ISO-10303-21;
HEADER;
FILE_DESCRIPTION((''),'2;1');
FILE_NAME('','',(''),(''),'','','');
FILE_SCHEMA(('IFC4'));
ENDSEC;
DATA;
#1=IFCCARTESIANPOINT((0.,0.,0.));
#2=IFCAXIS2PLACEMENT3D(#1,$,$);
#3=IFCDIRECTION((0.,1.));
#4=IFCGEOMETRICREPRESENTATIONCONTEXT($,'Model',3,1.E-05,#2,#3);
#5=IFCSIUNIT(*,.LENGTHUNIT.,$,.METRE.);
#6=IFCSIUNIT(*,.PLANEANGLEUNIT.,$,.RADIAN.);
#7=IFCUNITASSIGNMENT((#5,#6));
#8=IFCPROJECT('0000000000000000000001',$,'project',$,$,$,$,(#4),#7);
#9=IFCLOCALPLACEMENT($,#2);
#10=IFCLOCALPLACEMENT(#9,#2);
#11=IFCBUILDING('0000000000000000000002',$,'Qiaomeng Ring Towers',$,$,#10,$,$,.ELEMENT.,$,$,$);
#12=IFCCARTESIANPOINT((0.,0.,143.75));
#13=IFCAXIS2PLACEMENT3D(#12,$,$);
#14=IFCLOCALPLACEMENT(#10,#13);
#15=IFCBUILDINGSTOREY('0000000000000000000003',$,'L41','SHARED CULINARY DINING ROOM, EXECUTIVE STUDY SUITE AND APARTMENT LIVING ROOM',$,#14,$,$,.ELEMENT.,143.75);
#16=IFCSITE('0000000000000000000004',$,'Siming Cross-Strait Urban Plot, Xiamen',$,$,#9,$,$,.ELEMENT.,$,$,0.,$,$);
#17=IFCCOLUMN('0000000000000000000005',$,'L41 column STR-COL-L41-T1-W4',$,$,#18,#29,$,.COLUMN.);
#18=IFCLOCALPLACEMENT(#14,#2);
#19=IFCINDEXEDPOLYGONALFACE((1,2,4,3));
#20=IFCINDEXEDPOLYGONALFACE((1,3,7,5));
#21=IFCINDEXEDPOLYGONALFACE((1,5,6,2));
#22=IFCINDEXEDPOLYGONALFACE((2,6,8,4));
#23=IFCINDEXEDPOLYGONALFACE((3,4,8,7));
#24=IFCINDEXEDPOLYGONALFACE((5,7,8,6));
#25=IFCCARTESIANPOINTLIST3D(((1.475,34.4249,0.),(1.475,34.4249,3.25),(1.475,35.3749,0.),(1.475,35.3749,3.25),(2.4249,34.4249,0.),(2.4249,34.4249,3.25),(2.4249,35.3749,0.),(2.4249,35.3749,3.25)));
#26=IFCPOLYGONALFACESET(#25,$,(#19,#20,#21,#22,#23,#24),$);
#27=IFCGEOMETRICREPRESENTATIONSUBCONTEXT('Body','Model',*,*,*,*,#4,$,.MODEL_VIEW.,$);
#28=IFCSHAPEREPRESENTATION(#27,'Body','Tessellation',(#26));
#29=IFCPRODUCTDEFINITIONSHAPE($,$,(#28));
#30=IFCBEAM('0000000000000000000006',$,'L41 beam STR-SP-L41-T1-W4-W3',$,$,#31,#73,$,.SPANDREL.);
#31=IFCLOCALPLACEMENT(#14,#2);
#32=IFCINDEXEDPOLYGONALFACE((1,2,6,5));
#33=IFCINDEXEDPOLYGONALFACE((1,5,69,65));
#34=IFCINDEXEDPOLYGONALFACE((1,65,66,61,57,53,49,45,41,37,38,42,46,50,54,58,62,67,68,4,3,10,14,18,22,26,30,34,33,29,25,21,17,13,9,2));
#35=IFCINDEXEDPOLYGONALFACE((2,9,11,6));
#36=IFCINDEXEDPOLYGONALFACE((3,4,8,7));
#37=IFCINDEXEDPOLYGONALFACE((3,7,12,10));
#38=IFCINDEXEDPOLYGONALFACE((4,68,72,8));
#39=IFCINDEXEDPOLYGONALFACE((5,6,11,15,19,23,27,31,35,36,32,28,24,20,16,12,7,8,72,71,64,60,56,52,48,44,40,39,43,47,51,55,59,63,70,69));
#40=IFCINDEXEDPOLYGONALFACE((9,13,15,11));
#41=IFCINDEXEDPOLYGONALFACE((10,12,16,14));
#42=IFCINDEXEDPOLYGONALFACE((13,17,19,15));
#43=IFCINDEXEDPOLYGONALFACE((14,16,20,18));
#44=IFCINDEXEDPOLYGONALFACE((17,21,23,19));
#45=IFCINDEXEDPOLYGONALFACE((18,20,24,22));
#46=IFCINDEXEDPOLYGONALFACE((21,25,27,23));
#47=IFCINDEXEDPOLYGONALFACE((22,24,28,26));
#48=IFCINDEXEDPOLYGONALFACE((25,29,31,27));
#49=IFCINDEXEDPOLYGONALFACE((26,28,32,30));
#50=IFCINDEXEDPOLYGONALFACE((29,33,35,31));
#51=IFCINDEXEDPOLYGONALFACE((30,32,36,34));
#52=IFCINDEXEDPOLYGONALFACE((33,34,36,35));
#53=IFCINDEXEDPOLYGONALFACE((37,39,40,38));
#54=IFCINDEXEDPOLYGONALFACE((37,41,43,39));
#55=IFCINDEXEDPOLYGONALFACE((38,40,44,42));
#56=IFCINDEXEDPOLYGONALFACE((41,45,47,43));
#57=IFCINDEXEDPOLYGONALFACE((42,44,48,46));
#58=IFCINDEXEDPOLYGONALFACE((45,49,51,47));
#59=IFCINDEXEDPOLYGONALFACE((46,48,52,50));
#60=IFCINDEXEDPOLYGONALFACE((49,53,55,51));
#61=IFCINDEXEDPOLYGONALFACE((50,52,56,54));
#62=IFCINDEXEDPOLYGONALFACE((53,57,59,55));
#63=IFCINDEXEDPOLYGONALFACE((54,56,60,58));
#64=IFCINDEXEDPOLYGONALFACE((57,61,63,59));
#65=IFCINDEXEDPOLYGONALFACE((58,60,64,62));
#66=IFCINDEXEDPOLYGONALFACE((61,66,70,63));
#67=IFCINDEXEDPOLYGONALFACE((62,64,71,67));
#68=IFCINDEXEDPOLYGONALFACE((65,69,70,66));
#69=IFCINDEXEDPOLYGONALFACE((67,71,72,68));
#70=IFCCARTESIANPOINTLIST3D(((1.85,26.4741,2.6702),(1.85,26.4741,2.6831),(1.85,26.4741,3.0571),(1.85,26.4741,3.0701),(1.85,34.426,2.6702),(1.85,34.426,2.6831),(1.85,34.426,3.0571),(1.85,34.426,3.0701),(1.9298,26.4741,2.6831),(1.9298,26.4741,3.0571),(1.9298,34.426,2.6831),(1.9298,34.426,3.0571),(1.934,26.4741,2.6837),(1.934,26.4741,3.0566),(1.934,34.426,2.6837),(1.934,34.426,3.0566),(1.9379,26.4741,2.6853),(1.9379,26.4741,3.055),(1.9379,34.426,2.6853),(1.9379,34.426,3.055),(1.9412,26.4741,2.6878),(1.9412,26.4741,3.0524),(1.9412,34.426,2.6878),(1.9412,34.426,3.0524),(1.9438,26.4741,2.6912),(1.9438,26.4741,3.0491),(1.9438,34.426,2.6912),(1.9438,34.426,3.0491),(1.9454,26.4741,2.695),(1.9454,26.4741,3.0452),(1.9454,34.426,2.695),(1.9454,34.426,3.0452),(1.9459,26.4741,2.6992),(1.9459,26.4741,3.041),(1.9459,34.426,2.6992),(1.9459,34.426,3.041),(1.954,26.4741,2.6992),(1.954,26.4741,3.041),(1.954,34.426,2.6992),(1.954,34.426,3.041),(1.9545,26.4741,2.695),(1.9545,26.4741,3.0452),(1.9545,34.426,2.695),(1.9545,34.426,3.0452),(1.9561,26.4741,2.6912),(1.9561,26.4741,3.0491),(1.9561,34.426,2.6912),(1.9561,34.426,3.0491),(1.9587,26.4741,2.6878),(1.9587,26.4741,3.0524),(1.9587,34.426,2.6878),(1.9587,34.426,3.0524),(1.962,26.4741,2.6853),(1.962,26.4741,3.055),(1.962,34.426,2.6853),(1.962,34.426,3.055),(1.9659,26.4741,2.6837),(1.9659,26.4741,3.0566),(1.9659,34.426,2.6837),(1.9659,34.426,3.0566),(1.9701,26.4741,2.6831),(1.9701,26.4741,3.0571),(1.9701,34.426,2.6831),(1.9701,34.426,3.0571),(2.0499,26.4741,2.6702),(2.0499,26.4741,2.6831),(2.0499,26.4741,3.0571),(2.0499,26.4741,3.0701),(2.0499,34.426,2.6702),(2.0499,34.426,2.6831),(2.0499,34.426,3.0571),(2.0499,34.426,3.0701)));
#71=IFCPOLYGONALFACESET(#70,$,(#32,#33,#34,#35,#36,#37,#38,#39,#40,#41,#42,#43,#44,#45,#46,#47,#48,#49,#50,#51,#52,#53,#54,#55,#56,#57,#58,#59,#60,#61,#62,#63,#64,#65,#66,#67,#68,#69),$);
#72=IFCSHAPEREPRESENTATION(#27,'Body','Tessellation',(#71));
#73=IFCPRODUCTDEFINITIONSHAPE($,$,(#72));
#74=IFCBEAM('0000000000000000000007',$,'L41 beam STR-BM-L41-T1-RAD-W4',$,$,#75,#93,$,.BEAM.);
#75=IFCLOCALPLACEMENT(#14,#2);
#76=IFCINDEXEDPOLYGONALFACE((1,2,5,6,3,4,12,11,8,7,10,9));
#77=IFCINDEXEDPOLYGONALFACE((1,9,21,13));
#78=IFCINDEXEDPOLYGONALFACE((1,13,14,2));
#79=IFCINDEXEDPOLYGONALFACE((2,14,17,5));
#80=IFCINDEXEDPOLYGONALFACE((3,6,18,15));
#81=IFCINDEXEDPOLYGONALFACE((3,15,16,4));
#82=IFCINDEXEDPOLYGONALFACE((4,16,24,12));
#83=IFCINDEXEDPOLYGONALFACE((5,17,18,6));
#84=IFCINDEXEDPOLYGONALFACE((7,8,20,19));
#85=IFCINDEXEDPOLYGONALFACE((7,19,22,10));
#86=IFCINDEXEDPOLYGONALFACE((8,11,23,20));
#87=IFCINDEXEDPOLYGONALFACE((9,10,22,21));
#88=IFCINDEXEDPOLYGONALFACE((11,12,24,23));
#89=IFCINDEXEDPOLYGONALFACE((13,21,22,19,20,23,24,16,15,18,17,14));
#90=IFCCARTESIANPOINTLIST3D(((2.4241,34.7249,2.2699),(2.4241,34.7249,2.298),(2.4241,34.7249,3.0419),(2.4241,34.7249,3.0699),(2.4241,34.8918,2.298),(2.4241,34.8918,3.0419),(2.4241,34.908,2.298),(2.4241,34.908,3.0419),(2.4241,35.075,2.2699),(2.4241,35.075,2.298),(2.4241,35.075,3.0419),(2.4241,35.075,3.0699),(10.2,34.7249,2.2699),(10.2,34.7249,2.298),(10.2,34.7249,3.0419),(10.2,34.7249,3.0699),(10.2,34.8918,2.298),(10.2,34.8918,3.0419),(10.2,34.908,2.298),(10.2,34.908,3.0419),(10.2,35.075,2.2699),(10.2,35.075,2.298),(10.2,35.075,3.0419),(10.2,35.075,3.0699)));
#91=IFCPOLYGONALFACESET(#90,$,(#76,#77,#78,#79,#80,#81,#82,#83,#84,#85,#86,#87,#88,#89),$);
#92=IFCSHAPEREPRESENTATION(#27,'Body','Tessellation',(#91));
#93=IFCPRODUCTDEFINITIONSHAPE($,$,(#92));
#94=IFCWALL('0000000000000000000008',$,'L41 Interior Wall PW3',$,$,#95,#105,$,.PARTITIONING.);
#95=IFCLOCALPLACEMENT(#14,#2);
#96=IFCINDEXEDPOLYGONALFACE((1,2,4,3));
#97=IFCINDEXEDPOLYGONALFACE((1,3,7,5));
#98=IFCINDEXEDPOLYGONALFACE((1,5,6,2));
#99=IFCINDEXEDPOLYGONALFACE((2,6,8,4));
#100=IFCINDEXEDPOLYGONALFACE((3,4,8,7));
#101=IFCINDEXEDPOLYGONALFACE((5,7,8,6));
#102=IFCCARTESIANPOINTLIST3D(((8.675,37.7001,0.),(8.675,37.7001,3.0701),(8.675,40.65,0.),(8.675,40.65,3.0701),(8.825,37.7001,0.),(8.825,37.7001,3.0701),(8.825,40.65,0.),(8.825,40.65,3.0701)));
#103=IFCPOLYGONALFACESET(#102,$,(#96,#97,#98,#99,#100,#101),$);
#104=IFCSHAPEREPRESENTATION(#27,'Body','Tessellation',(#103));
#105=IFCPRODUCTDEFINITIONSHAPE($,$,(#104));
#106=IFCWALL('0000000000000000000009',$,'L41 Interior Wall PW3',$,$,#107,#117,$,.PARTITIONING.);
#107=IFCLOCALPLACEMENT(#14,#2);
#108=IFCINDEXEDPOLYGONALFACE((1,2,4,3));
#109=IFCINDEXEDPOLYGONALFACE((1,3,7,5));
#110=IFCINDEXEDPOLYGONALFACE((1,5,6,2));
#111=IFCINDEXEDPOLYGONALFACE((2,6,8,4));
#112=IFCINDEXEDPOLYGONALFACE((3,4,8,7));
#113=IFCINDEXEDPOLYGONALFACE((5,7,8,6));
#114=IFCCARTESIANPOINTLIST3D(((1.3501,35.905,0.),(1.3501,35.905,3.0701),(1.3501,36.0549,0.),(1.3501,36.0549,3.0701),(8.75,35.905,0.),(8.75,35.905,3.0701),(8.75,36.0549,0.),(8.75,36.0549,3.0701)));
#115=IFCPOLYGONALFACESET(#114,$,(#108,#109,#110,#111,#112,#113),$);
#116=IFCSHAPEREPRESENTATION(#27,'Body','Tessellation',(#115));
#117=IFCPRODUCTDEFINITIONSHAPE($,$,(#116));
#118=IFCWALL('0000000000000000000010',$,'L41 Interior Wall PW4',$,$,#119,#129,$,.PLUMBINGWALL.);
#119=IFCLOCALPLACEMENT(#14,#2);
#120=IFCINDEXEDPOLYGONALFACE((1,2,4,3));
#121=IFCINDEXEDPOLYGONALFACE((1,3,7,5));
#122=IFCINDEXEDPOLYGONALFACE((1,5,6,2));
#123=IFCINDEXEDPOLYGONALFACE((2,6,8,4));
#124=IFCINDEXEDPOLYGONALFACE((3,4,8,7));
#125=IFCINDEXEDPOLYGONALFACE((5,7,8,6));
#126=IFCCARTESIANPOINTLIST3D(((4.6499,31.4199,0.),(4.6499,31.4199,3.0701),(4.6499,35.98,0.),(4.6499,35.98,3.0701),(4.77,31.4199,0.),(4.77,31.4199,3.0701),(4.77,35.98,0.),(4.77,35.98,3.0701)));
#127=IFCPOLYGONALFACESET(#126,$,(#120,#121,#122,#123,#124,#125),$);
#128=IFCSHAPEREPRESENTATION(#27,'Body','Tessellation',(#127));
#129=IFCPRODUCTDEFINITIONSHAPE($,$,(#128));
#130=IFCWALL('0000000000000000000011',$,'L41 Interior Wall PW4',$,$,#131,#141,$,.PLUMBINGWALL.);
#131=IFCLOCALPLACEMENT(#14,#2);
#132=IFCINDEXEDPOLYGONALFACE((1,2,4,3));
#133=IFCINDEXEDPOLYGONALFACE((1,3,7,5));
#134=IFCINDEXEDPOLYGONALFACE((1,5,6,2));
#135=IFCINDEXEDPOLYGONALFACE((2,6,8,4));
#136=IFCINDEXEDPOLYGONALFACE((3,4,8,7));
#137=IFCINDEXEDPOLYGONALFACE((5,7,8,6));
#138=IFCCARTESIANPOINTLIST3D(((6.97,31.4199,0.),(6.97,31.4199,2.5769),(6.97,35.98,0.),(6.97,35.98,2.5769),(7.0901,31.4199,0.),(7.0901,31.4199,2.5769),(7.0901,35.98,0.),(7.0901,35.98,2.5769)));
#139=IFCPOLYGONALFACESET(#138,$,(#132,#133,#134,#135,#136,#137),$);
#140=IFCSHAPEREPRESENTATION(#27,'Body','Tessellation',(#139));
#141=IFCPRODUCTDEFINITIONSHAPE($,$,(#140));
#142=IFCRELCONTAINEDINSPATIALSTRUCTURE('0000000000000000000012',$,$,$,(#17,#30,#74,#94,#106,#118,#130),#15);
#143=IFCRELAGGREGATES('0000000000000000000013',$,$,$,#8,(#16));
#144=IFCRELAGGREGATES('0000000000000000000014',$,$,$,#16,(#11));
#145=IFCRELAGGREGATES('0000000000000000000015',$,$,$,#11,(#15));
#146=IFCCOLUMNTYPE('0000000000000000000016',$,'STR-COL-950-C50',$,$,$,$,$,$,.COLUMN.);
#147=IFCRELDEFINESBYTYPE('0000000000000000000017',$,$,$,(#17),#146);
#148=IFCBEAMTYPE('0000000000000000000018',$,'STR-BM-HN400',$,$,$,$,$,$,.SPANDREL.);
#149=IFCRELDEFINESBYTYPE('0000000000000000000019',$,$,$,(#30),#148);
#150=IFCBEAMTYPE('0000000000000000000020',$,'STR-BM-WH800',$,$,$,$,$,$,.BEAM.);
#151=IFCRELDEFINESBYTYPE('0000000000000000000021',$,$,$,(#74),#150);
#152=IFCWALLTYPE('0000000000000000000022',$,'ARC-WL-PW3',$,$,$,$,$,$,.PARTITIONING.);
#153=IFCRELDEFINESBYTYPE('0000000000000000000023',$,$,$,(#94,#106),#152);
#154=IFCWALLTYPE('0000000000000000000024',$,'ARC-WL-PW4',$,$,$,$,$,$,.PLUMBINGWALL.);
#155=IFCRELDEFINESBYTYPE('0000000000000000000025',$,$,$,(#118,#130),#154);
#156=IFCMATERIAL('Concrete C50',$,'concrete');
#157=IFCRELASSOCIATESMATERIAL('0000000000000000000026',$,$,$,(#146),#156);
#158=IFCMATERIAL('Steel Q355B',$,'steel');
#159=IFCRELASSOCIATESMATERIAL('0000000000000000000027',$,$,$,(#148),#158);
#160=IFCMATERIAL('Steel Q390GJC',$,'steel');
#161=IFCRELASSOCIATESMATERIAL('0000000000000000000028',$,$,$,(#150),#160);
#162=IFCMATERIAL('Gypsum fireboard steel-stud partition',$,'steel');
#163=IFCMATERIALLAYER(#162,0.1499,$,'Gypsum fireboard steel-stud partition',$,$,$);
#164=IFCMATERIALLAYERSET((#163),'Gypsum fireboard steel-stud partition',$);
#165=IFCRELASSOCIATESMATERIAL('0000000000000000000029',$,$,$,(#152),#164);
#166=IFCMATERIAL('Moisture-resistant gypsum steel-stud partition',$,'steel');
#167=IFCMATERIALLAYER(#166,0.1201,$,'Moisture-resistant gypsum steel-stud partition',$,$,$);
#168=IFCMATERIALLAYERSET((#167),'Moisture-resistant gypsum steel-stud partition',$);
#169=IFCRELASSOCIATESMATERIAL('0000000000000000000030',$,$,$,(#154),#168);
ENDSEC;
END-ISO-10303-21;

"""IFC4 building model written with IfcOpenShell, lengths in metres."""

from ifc_helpers import new_model, si_unit, direction, frame, frame_2d, origin, origin_2d, place, context, subcontext, project, spatial, rectangle, i_section, extrude, source, transform, mapped, material, layer, layer_set, material_profile, profile_set, type_object, element, save


model = new_model("IFC4")

# Units and contexts
model_context = context("Model", 3, precision=1e-05, world=origin(), true_north=direction((0.0, 1.0)))
body_context = subcontext(model_context, "Body", "Model", "MODEL_VIEW")
ifc_project = project(units=[si_unit("LENGTHUNIT", "METRE"), si_unit("PLANEANGLEUNIT", "RADIAN")], contexts=[model_context])

# Site, building, storey
site_placement = place(None, origin())
site = spatial("IfcSite", under=ifc_project, at=site_placement, Name="Siming Cross-Strait Urban Plot, Xiamen", CompositionType="ELEMENT", RefElevation=0.0)
building_placement = place(site_placement, origin())
building = spatial("IfcBuilding", under=site, at=building_placement, Name="Qiaomeng Ring Towers", CompositionType="ELEMENT")
storey_placement = place(building_placement, frame((0.0, 0.0, 143.75)))
storey = spatial("IfcBuildingStorey", under=building, at=storey_placement, Name="L41", Description="SHARED CULINARY DINING ROOM, EXECUTIVE STUDY SUITE AND APARTMENT LIVING ROOM", CompositionType="ELEMENT", Elevation=143.75)

# Column
ifc_material_1 = material(Name="Concrete C50", Category="concrete")
ifc_material_profile_1 = material_profile(ifc_material_1, rectangle(XDim=0.95, YDim=0.95, at=origin_2d()), Name="RC COL 950x950")
ifc_profile_set_1 = profile_set([ifc_material_profile_1], Name="Concrete C50")
column_type = type_object("IfcColumnType", Name="STR-COL-950-C50", PredefinedType="COLUMN", material=ifc_profile_set_1)
shared_shape_1 = source(origin(), body_context, "Body", "SweptSolid", [
    extrude(rectangle(XDim=0.95, YDim=0.95, at=origin_2d()), origin(), (0.0, 0.0, 1.0), 3.25),
])
column_placement = place(storey_placement, frame((1.95, 34.8999, 0.0), z_axis=(0.0, 0.0, 1.0), x_axis=(1.0, 0.0, 0.0)))
element("IfcColumn", 1, at=column_placement, inside=storey, type_object=column_type, Name="L41 column STR-COL-L41-T1-W4", PredefinedType="COLUMN", context=body_context, shape_type="MappedRepresentation", body=[
    mapped(shared_shape_1, transform((0.0, 0.0, 0.0), x_axis=(1.0, 0.0, 0.0), y_axis=(0.0, 1.0, 0.0), z_axis=(0.0, 0.0, 1.0), scale=1.0)),
])

# Beams
ifc_material_2 = material(Name="Steel Q355B", Category="steel")
ifc_material_profile_2 = material_profile(ifc_material_2, i_section(OverallWidth=0.2, OverallDepth=0.3999, WebThickness=0.0081, FlangeThickness=0.0129, FilletRadius=0.0161, at=origin_2d()), Name="HN 400x200x8x13")
ifc_profile_set_2 = profile_set([ifc_material_profile_2], Name="Steel Q355B")
beam_type_1 = type_object("IfcBeamType", Name="STR-BM-HN400", PredefinedType="SPANDREL", material=ifc_profile_set_2)
shared_shape_2 = source(origin(), body_context, "Body", "SweptSolid", [
    extrude(i_section(OverallWidth=0.2, OverallDepth=0.3999, WebThickness=0.0081, FlangeThickness=0.0129, FilletRadius=0.0161, at=origin_2d()), origin(), (0.0, 0.0, 1.0), 7.9519),
])
beam_1_placement = place(storey_placement, frame((1.95, 34.426, 2.8701), z_axis=(0.0, -1.0, 0.0), x_axis=(1.0, 0.0, 0.0)))
element("IfcBeam", 2, at=beam_1_placement, inside=storey, type_object=beam_type_1, Name="L41 beam STR-SP-L41-T1-W4-W3", PredefinedType="SPANDREL", context=body_context, shape_type="MappedRepresentation", body=[
    mapped(shared_shape_2, transform((0.0, 0.0, 0.0), x_axis=(1.0, 0.0, 0.0), y_axis=(0.0, 1.0, 0.0), z_axis=(0.0, 0.0, 1.0), scale=1.0)),
])
ifc_material_3 = material(Name="Steel Q390GJC", Category="steel")
ifc_material_profile_3 = material_profile(ifc_material_3, i_section(OverallWidth=0.3501, OverallDepth=0.8, WebThickness=0.0161, FlangeThickness=0.0281, at=origin_2d()), Name="WH 800x350x16x28")
ifc_profile_set_3 = profile_set([ifc_material_profile_3], Name="Steel Q390GJC")
beam_type_2 = type_object("IfcBeamType", Name="STR-BM-WH800", PredefinedType="BEAM", material=ifc_profile_set_3)
shared_shape_3 = source(origin(), body_context, "Body", "SweptSolid", [
    extrude(i_section(OverallWidth=0.3501, OverallDepth=0.8, WebThickness=0.0161, FlangeThickness=0.0281, at=origin_2d()), origin(), (0.0, 0.0, 1.0), 7.7759),
])
beam_2_placement = place(storey_placement, frame((2.4241, 34.8999, 2.6699), z_axis=(1.0, 0.0, 0.0), x_axis=(0.0, 1.0, 0.0)))
element("IfcBeam", 3, at=beam_2_placement, inside=storey, type_object=beam_type_2, Name="L41 beam STR-BM-L41-T1-RAD-W4", PredefinedType="BEAM", context=body_context, shape_type="MappedRepresentation", body=[
    mapped(shared_shape_3, transform((0.0, 0.0, 0.0), x_axis=(1.0, 0.0, 0.0), y_axis=(0.0, 1.0, 0.0), z_axis=(0.0, 0.0, 1.0), scale=1.0)),
])

# Walls
ifc_material_4 = material(Name="Gypsum fireboard steel-stud partition", Category="steel")
ifc_layer_1 = layer(ifc_material_4, 0.1499, Name="Gypsum fireboard steel-stud partition")
ifc_layer_set_1 = layer_set([ifc_layer_1], Name="Gypsum fireboard steel-stud partition")
wall_type_1 = type_object("IfcWallType", Name="ARC-WL-PW3", PredefinedType="PARTITIONING", material=ifc_layer_set_1)
wall_1_placement = place(storey_placement, frame((8.75, 37.7, 0.0), z_axis=(0.0, 0.0, 1.0), x_axis=(0.0, 1.0, 0.0)))
element("IfcWall", 4, at=wall_1_placement, inside=storey, type_object=wall_type_1, Name="L41 Interior Wall PW3", PredefinedType="PARTITIONING", context=body_context, shape_type="SweptSolid", body=[
    extrude(rectangle(XDim=2.95, YDim=0.1499, at=frame_2d((1.4751, 0.0))), origin(), (0.0, 0.0, 1.0), 3.0701),
])
wall_2_placement = place(storey_placement, frame((1.3501, 35.98, 0.0), z_axis=(0.0, 0.0, 1.0), x_axis=(1.0, 0.0, 0.0)))
element("IfcWall", 5, at=wall_2_placement, inside=storey, type_object=wall_type_1, Name="L41 Interior Wall PW3", PredefinedType="PARTITIONING", context=body_context, shape_type="SweptSolid", body=[
    extrude(rectangle(XDim=7.3999, YDim=0.1499, at=frame_2d((3.7, 0.0))), origin(), (0.0, 0.0, 1.0), 3.0701),
])
ifc_material_5 = material(Name="Moisture-resistant gypsum steel-stud partition", Category="steel")
ifc_layer_2 = layer(ifc_material_5, 0.1201, Name="Moisture-resistant gypsum steel-stud partition")
ifc_layer_set_2 = layer_set([ifc_layer_2], Name="Moisture-resistant gypsum steel-stud partition")
wall_type_2 = type_object("IfcWallType", Name="ARC-WL-PW4", PredefinedType="PLUMBINGWALL", material=ifc_layer_set_2)
wall_3_placement = place(storey_placement, frame((4.71, 31.4199, 0.0), z_axis=(0.0, 0.0, 1.0), x_axis=(0.0, 1.0, 0.0)))
element("IfcWall", 6, at=wall_3_placement, inside=storey, type_object=wall_type_2, Name="L41 Interior Wall PW4", PredefinedType="PLUMBINGWALL", context=body_context, shape_type="SweptSolid", body=[
    extrude(rectangle(XDim=4.5601, YDim=0.1201, at=frame_2d((2.28, 0.0))), origin(), (0.0, 0.0, 1.0), 3.0701),
])
wall_4_placement = place(storey_placement, frame((7.03, 31.4199, 0.0), z_axis=(0.0, 0.0, 1.0), x_axis=(0.0, 1.0, 0.0)))
element("IfcWall", 7, at=wall_4_placement, inside=storey, type_object=wall_type_2, Name="L41 Interior Wall PW4", PredefinedType="PLUMBINGWALL", context=body_context, shape_type="SweptSolid", body=[
    extrude(rectangle(XDim=4.5601, YDim=0.1201, at=frame_2d((2.28, 0.0))), origin(), (0.0, 0.0, 1.0), 2.5769),
])

save(model, "model.ifc")
